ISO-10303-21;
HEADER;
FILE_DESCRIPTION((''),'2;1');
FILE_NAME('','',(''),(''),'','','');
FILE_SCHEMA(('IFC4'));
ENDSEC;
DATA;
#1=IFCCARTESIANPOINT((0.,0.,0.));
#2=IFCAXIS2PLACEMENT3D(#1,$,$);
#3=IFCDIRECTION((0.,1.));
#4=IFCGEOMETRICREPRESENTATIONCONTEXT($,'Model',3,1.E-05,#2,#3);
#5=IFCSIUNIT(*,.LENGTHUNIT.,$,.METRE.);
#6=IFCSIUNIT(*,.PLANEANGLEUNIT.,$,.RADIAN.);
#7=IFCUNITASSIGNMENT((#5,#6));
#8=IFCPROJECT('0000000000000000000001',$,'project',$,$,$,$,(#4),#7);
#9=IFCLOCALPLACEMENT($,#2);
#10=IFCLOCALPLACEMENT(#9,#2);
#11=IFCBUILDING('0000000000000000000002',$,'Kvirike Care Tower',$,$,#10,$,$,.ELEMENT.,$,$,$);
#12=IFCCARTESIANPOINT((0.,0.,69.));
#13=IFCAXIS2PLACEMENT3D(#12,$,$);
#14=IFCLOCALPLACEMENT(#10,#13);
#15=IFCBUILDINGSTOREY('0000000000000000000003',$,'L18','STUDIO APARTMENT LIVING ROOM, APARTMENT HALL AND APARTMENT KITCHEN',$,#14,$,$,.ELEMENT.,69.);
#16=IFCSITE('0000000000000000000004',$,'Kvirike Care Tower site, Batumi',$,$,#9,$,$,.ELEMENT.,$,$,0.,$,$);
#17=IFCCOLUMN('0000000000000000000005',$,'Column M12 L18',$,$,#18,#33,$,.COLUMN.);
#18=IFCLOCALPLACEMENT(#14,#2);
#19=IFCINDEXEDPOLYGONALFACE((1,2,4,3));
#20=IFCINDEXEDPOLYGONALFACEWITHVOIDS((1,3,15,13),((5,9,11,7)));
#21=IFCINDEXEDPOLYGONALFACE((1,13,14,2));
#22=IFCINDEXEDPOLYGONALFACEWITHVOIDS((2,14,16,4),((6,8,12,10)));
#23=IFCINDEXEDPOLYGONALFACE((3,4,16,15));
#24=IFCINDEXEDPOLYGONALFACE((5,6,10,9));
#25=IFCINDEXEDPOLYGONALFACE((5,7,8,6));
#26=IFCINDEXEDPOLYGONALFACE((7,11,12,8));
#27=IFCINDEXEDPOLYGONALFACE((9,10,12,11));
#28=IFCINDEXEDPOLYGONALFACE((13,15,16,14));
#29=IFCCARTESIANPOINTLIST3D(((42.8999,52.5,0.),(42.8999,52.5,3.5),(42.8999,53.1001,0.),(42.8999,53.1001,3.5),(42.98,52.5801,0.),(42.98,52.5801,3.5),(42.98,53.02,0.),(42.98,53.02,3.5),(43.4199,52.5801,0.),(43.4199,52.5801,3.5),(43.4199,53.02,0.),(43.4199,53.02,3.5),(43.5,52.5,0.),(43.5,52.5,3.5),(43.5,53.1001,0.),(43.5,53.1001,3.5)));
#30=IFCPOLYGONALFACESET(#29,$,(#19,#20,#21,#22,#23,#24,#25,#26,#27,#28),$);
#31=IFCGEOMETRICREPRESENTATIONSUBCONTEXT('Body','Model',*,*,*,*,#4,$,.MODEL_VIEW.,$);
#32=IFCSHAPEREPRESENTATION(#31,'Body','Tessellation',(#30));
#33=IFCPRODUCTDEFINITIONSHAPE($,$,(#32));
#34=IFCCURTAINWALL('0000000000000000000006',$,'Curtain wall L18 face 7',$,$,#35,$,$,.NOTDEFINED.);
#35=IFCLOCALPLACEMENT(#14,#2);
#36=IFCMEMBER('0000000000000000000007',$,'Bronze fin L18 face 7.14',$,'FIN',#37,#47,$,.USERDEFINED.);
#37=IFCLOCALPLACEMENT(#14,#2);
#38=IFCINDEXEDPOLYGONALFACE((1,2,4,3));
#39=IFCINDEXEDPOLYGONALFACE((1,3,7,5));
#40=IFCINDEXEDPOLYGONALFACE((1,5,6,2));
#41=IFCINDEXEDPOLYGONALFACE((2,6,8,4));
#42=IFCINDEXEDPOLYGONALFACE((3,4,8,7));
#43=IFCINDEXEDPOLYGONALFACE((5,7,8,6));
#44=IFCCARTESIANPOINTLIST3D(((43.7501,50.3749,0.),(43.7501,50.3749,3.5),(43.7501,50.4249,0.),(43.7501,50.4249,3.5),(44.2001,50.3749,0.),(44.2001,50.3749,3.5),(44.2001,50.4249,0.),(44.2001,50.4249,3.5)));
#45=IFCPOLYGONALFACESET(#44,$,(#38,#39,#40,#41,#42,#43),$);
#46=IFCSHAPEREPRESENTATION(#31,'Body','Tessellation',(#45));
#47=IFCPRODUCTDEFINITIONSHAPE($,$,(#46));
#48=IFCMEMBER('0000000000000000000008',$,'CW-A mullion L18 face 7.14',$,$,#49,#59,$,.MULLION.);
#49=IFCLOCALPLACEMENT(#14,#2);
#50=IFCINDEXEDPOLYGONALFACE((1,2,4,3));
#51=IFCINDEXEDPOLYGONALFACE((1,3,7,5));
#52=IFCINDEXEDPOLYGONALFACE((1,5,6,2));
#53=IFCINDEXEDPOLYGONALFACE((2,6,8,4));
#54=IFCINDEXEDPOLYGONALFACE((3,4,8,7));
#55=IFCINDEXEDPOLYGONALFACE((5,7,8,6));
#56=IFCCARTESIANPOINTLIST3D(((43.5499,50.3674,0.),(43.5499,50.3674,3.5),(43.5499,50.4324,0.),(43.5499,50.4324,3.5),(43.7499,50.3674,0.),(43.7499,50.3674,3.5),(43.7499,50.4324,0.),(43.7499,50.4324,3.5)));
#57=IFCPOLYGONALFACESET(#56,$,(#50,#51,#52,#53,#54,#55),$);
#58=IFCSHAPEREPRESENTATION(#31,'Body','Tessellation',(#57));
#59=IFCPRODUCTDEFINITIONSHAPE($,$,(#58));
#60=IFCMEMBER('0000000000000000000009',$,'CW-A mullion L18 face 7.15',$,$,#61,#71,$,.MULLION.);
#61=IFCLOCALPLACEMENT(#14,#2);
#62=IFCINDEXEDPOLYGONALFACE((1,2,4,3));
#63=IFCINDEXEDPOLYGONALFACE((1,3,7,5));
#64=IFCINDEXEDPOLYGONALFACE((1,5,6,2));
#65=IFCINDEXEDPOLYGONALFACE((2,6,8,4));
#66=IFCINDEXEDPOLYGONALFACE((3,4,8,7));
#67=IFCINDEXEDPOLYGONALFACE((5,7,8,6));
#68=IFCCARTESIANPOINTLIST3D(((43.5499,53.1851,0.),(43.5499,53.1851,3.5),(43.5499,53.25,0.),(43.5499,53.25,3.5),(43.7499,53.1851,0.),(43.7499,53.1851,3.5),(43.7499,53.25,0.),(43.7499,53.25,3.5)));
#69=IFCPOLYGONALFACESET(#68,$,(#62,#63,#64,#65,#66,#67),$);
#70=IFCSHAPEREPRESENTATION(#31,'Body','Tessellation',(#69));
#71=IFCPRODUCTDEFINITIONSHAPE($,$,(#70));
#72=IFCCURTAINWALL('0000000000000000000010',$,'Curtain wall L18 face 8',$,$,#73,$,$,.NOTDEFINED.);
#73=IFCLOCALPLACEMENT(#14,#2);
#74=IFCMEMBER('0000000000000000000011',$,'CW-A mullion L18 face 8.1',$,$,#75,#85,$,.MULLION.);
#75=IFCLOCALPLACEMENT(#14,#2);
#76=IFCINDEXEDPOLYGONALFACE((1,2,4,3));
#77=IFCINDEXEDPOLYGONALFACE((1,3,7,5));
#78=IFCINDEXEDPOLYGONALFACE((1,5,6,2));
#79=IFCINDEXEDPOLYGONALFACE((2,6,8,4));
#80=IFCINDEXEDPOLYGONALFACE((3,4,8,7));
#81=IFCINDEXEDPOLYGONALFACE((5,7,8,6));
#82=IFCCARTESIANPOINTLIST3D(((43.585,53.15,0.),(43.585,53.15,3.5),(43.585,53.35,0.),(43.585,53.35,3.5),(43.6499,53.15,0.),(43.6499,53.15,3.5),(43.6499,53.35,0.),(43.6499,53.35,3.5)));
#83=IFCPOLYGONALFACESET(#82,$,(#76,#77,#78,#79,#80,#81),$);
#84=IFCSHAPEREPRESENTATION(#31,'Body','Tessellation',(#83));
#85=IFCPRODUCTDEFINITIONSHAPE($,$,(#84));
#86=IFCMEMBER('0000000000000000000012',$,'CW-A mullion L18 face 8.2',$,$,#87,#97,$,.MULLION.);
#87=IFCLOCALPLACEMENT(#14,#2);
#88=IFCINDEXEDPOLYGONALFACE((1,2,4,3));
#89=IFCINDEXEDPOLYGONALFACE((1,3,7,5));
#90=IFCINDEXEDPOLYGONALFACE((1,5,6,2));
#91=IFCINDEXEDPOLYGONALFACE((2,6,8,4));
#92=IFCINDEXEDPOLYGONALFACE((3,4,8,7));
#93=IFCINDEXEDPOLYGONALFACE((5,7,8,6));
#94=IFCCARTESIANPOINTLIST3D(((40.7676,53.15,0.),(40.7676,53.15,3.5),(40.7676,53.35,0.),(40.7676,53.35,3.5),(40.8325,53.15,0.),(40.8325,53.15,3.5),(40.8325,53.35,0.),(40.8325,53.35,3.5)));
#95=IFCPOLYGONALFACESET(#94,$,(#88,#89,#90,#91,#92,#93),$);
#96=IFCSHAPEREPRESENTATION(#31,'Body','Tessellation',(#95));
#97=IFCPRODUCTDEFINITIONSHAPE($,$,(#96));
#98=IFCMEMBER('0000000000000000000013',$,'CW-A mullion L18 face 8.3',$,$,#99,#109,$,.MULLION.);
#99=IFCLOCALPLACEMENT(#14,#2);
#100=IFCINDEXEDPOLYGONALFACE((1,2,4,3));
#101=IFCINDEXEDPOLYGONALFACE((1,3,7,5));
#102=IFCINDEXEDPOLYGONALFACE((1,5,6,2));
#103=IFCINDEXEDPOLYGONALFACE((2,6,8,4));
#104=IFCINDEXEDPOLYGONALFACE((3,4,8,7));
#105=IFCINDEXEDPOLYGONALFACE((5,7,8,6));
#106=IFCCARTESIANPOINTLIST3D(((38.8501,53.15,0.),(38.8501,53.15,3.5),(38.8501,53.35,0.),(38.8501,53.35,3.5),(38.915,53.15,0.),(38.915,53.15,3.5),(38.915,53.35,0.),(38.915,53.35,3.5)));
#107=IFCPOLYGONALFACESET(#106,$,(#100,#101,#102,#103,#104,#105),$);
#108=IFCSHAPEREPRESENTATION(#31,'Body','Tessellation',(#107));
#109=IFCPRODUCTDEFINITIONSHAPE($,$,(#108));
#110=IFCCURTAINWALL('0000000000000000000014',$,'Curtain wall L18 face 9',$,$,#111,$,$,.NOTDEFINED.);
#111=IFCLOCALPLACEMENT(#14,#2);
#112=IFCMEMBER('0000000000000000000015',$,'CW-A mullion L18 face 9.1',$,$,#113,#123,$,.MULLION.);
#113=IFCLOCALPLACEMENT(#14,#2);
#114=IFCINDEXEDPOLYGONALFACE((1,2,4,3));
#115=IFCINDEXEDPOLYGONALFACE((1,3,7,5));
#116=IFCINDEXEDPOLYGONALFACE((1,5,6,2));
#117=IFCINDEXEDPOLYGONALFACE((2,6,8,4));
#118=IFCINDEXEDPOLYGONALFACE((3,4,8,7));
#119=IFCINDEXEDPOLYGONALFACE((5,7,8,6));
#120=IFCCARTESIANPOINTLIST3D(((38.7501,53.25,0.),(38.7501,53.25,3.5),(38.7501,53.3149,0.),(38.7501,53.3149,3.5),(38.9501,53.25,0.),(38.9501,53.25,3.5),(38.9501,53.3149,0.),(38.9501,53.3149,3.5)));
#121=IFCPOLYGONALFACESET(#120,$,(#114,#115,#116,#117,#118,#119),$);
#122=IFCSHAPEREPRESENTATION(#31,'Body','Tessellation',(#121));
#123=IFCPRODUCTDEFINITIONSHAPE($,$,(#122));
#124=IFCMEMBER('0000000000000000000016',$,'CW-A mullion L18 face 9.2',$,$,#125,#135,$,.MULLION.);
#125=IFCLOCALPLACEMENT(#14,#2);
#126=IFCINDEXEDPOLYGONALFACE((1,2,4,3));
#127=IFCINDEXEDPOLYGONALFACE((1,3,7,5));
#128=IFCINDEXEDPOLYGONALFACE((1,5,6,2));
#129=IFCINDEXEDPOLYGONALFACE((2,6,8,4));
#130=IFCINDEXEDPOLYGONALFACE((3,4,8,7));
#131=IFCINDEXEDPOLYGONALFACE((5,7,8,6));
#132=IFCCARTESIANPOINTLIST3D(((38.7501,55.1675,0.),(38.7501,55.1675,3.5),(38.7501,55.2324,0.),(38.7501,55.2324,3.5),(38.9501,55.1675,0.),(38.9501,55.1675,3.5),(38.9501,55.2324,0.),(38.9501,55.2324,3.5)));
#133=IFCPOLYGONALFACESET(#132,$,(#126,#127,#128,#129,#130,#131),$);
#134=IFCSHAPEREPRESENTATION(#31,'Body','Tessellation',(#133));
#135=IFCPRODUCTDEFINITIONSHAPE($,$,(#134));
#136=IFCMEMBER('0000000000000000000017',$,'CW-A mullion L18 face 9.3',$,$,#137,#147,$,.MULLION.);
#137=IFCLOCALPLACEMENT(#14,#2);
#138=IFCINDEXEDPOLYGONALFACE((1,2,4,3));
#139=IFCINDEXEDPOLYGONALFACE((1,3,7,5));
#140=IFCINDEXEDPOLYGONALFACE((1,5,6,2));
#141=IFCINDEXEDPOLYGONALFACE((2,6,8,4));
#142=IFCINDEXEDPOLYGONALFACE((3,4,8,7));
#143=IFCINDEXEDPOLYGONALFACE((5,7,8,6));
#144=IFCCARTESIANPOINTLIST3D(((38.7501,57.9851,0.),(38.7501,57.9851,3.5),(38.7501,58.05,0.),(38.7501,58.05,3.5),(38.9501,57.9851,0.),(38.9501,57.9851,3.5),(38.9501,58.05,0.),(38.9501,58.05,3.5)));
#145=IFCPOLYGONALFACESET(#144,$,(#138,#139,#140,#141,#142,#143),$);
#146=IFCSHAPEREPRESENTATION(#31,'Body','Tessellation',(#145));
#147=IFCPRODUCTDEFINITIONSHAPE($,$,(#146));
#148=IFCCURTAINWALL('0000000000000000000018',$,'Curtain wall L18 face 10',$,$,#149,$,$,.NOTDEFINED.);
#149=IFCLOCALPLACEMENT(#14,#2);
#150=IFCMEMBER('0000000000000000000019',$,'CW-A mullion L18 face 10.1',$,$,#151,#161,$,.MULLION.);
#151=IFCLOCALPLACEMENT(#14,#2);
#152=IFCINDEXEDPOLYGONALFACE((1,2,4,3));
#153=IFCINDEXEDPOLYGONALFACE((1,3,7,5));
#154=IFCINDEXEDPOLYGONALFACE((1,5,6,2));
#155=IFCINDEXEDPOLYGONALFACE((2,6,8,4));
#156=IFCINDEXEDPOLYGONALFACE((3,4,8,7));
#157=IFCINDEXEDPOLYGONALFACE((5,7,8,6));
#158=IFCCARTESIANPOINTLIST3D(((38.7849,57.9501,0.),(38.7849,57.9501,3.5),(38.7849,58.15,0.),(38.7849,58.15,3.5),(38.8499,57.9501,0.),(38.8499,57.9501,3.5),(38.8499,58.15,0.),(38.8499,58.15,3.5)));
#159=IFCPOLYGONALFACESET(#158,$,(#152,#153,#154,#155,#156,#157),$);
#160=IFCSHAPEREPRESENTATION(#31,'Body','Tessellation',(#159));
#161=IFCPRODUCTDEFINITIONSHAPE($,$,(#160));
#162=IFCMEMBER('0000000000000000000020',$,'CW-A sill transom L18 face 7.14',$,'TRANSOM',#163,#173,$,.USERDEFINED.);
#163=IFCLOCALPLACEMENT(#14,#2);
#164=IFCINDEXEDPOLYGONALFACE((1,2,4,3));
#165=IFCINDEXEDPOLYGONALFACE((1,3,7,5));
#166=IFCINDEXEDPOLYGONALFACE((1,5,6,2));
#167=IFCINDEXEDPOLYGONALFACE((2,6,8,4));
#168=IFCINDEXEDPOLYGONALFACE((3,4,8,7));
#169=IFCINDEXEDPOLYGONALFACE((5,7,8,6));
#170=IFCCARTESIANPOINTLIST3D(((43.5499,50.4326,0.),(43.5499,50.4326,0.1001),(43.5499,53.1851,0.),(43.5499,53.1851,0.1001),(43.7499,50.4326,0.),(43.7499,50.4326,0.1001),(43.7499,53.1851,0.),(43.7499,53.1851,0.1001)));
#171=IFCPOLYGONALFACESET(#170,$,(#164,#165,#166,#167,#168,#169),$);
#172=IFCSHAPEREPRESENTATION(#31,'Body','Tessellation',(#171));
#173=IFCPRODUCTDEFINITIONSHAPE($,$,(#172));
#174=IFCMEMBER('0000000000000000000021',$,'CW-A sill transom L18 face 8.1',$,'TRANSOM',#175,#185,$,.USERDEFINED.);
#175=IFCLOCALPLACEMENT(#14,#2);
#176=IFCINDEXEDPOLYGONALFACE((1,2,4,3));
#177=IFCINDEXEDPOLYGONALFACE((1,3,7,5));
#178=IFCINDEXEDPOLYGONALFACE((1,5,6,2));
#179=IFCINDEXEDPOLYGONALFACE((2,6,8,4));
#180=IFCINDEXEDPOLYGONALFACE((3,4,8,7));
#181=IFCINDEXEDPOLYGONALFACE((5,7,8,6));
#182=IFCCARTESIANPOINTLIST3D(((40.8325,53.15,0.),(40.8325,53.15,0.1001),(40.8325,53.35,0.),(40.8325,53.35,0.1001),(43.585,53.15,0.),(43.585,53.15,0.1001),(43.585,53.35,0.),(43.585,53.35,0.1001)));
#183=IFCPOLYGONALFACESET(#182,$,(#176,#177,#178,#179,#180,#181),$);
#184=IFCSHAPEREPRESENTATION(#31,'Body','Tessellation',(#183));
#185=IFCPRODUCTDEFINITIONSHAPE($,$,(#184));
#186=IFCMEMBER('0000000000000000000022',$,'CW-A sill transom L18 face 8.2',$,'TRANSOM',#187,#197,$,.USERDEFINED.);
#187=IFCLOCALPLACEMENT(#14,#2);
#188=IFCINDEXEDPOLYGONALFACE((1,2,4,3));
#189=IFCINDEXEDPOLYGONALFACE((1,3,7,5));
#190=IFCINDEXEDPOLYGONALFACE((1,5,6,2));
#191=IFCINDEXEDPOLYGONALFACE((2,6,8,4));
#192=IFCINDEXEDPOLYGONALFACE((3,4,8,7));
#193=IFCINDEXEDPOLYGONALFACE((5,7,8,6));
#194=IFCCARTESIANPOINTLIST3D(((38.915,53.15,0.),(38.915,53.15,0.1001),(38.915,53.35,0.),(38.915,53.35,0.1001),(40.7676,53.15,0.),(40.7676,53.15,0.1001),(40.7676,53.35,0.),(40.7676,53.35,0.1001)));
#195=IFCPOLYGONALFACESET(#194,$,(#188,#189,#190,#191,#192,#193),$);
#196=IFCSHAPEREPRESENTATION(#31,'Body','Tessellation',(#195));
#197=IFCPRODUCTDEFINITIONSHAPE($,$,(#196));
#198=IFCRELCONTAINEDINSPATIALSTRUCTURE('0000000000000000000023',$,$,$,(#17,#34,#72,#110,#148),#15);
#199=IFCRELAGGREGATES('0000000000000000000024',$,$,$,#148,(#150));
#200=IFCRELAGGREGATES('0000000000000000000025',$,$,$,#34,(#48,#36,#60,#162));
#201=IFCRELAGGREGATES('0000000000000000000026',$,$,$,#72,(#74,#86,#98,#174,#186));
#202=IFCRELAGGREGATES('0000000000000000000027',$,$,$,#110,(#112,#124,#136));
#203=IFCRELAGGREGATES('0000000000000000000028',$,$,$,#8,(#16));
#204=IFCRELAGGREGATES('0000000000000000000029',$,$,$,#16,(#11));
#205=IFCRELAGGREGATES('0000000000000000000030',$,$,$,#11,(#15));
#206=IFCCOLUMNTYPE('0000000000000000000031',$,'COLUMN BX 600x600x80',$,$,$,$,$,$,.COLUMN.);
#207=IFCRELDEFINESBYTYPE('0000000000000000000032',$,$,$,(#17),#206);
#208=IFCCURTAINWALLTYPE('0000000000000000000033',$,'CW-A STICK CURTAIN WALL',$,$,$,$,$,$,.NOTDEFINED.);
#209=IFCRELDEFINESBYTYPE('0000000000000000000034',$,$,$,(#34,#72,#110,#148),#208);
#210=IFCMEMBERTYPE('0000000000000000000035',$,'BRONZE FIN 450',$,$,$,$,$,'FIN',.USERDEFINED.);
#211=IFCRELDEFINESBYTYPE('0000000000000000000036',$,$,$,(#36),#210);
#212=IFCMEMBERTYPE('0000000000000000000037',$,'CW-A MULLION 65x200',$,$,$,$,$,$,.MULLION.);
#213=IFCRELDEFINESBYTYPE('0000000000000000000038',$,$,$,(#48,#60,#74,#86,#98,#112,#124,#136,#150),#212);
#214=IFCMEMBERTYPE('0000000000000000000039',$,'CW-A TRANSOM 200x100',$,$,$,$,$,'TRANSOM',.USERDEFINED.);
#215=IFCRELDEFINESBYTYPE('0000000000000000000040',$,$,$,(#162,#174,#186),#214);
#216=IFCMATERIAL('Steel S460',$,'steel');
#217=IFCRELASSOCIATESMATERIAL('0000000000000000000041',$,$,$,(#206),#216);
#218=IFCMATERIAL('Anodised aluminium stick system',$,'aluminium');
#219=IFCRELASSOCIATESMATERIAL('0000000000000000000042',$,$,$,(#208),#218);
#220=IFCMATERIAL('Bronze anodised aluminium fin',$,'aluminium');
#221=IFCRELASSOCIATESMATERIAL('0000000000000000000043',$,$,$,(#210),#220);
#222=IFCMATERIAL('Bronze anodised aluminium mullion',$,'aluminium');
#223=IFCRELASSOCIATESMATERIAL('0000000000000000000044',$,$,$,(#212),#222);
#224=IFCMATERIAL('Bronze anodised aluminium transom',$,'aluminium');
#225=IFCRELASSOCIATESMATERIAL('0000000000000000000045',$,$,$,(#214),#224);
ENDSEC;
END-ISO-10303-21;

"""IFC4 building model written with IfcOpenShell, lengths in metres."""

from ifc_helpers import new_model, si_unit, direction, frame, origin, origin_2d, place, context, subcontext, project, spatial, rectangle, hollow_rectangle, extrude, material, material_profile, profile_set, type_object, element, aggregate, save


model = new_model("IFC4")

# Units and contexts
model_context = context("Model", 3, precision=1e-05, world=origin(), true_north=direction((0.0, 1.0)))
body_context = subcontext(model_context, "Body", "Model", "MODEL_VIEW")
ifc_project = project(units=[si_unit("LENGTHUNIT", "METRE"), si_unit("PLANEANGLEUNIT", "RADIAN")], contexts=[model_context])

# Site, building, storey
site_placement = place(None, origin())
site = spatial("IfcSite", under=ifc_project, at=site_placement, Name="Kvirike Care Tower site, Batumi", CompositionType="ELEMENT", RefElevation=0.0)
building_placement = place(site_placement, origin())
building = spatial("IfcBuilding", under=site, at=building_placement, Name="Kvirike Care Tower", CompositionType="ELEMENT")
storey_placement = place(building_placement, frame((0.0, 0.0, 69.0)))
storey = spatial("IfcBuildingStorey", under=building, at=storey_placement, Name="L18", Description="STUDIO APARTMENT LIVING ROOM, APARTMENT HALL AND APARTMENT KITCHEN", CompositionType="ELEMENT", Elevation=69.0)

# Column
ifc_material_1 = material(Name="Steel S460", Category="steel")
ifc_material_profile_1 = material_profile(ifc_material_1, hollow_rectangle(XDim=0.6001, YDim=0.6001, WallThickness=0.0801, at=origin_2d()), Name="BX 600x600x80")
ifc_profile_set_1 = profile_set([ifc_material_profile_1], Name="Steel S460")
column_type = type_object("IfcColumnType", Name="COLUMN BX 600x600x80", PredefinedType="COLUMN", material=ifc_profile_set_1)
column_placement = place(storey_placement, frame((43.2, 52.8, 0.0), z_axis=(0.0, 0.0, 1.0), x_axis=(0.0, 1.0, 0.0)))
element("IfcColumn", 1, at=column_placement, inside=storey, type_object=column_type, Name="Column M12 L18", PredefinedType="COLUMN", context=body_context, shape_type="SweptSolid", body=[
    extrude(hollow_rectangle(XDim=0.6001, YDim=0.6001, WallThickness=0.0801, at=origin_2d()), origin(), (0.0, 0.0, 1.0), 3.5),
])

# Curtain walls, members
ifc_material_2 = material(Name="Anodised aluminium stick system", Category="aluminium")
curtain_wall_type = type_object("IfcCurtainWallType", Name="CW-A STICK CURTAIN WALL", PredefinedType="NOTDEFINED", material=ifc_material_2)
curtain_wall_1_placement = place(storey_placement, origin())
curtain_wall_1 = element("IfcCurtainWall", 2, at=curtain_wall_1_placement, inside=storey, type_object=curtain_wall_type, Name="Curtain wall L18 face 7", PredefinedType="NOTDEFINED")
ifc_material_3 = material(Name="Bronze anodised aluminium fin", Category="aluminium")
ifc_material_profile_2 = material_profile(ifc_material_3, rectangle(XDim=0.05, YDim=0.45, at=origin_2d()), Name="BRONZE FIN 450")
ifc_profile_set_2 = profile_set([ifc_material_profile_2], Name="Bronze anodised aluminium fin")
member_type_1 = type_object("IfcMemberType", Name="BRONZE FIN 450", ElementType="FIN", PredefinedType="USERDEFINED", material=ifc_profile_set_2)
member_1_placement = place(storey_placement, frame((43.9751, 50.3999, 0.0), z_axis=(0.0, 0.0, 1.0), x_axis=(0.0, 1.0, 0.0)))
member_1 = element("IfcMember", 3, at=member_1_placement, type_object=member_type_1, Name="Bronze fin L18 face 7.14", ObjectType="FIN", PredefinedType="USERDEFINED", context=body_context, shape_type="SweptSolid", body=[
    extrude(rectangle(XDim=0.05, YDim=0.45, at=origin_2d()), origin(), (0.0, 0.0, 1.0), 3.5),
])
ifc_material_4 = material(Name="Bronze anodised aluminium mullion", Category="aluminium")
ifc_material_profile_3 = material_profile(ifc_material_4, rectangle(XDim=0.0649, YDim=0.2, at=origin_2d()), Name="CW-A MULLION 65x200")
ifc_profile_set_3 = profile_set([ifc_material_profile_3], Name="Bronze anodised aluminium mullion")
member_type_2 = type_object("IfcMemberType", Name="CW-A MULLION 65x200", PredefinedType="MULLION", material=ifc_profile_set_3)
member_2_placement = place(storey_placement, frame((43.6499, 50.3999, 0.0), z_axis=(0.0, 0.0, 1.0), x_axis=(0.0, 1.0, 0.0)))
member_2 = element("IfcMember", 4, at=member_2_placement, type_object=member_type_2, Name="CW-A mullion L18 face 7.14", PredefinedType="MULLION", context=body_context, shape_type="SweptSolid", body=[
    extrude(rectangle(XDim=0.0649, YDim=0.2, at=origin_2d()), origin(), (0.0, 0.0, 1.0), 3.5),
])
member_3_placement = place(storey_placement, frame((43.6499, 53.2175, 0.0), z_axis=(0.0, 0.0, 1.0), x_axis=(0.0, 1.0, 0.0)))
member_3 = element("IfcMember", 5, at=member_3_placement, type_object=member_type_2, Name="CW-A mullion L18 face 7.15", PredefinedType="MULLION", context=body_context, shape_type="SweptSolid", body=[
    extrude(rectangle(XDim=0.0649, YDim=0.2, at=origin_2d()), origin(), (0.0, 0.0, 1.0), 3.5),
])
curtain_wall_2_placement = place(storey_placement, origin())
curtain_wall_2 = element("IfcCurtainWall", 6, at=curtain_wall_2_placement, inside=storey, type_object=curtain_wall_type, Name="Curtain wall L18 face 8", PredefinedType="NOTDEFINED")
member_4_placement = place(storey_placement, frame((43.6174, 53.25, 0.0), z_axis=(0.0, 0.0, 1.0), x_axis=(-1.0, 0.0, 0.0)))
member_4 = element("IfcMember", 7, at=member_4_placement, type_object=member_type_2, Name="CW-A mullion L18 face 8.1", PredefinedType="MULLION", context=body_context, shape_type="SweptSolid", body=[
    extrude(rectangle(XDim=0.0649, YDim=0.2, at=origin_2d()), origin(), (0.0, 0.0, 1.0), 3.5),
])
member_5_placement = place(storey_placement, frame((40.8, 53.25, 0.0), z_axis=(0.0, 0.0, 1.0), x_axis=(-1.0, 0.0, 0.0)))
member_5 = element("IfcMember", 8, at=member_5_placement, type_object=member_type_2, Name="CW-A mullion L18 face 8.2", PredefinedType="MULLION", context=body_context, shape_type="SweptSolid", body=[
    extrude(rectangle(XDim=0.0649, YDim=0.2, at=origin_2d()), origin(), (0.0, 0.0, 1.0), 3.5),
])
member_6_placement = place(storey_placement, frame((38.8826, 53.25, 0.0), z_axis=(0.0, 0.0, 1.0), x_axis=(-1.0, 0.0, 0.0)))
member_6 = element("IfcMember", 9, at=member_6_placement, type_object=member_type_2, Name="CW-A mullion L18 face 8.3", PredefinedType="MULLION", context=body_context, shape_type="SweptSolid", body=[
    extrude(rectangle(XDim=0.0649, YDim=0.2, at=origin_2d()), origin(), (0.0, 0.0, 1.0), 3.5),
])
curtain_wall_3_placement = place(storey_placement, origin())
curtain_wall_3 = element("IfcCurtainWall", 10, at=curtain_wall_3_placement, inside=storey, type_object=curtain_wall_type, Name="Curtain wall L18 face 9", PredefinedType="NOTDEFINED")
member_7_placement = place(storey_placement, frame((38.8501, 53.2825, 0.0), z_axis=(0.0, 0.0, 1.0), x_axis=(0.0, 1.0, 0.0)))
member_7 = element("IfcMember", 11, at=member_7_placement, type_object=member_type_2, Name="CW-A mullion L18 face 9.1", PredefinedType="MULLION", context=body_context, shape_type="SweptSolid", body=[
    extrude(rectangle(XDim=0.0649, YDim=0.2, at=origin_2d()), origin(), (0.0, 0.0, 1.0), 3.5),
])
member_8_placement = place(storey_placement, frame((38.8501, 55.2, 0.0), z_axis=(0.0, 0.0, 1.0), x_axis=(0.0, 1.0, 0.0)))
member_8 = element("IfcMember", 12, at=member_8_placement, type_object=member_type_2, Name="CW-A mullion L18 face 9.2", PredefinedType="MULLION", context=body_context, shape_type="SweptSolid", body=[
    extrude(rectangle(XDim=0.0649, YDim=0.2, at=origin_2d()), origin(), (0.0, 0.0, 1.0), 3.5),
])
member_9_placement = place(storey_placement, frame((38.8501, 58.0176, 0.0), z_axis=(0.0, 0.0, 1.0), x_axis=(0.0, 1.0, 0.0)))
member_9 = element("IfcMember", 13, at=member_9_placement, type_object=member_type_2, Name="CW-A mullion L18 face 9.3", PredefinedType="MULLION", context=body_context, shape_type="SweptSolid", body=[
    extrude(rectangle(XDim=0.0649, YDim=0.2, at=origin_2d()), origin(), (0.0, 0.0, 1.0), 3.5),
])

# Curtain wall, member
curtain_wall_4_placement = place(storey_placement, origin())
curtain_wall_4 = element("IfcCurtainWall", 14, at=curtain_wall_4_placement, inside=storey, type_object=curtain_wall_type, Name="Curtain wall L18 face 10", PredefinedType="NOTDEFINED")
member_10_placement = place(storey_placement, frame((38.8174, 58.05, 0.0), z_axis=(0.0, 0.0, 1.0), x_axis=(-1.0, 0.0, 0.0)))
member_10 = element("IfcMember", 15, at=member_10_placement, type_object=member_type_2, Name="CW-A mullion L18 face 10.1", PredefinedType="MULLION", context=body_context, shape_type="SweptSolid", body=[
    extrude(rectangle(XDim=0.0649, YDim=0.2, at=origin_2d()), origin(), (0.0, 0.0, 1.0), 3.5),
])

# Members
ifc_material_5 = material(Name="Bronze anodised aluminium transom", Category="aluminium")
ifc_material_profile_4 = material_profile(ifc_material_5, rectangle(XDim=0.2, YDim=0.1001, at=origin_2d()), Name="CW-A TRANSOM 200x100")
ifc_profile_set_4 = profile_set([ifc_material_profile_4], Name="Bronze anodised aluminium transom")
member_type_3 = type_object("IfcMemberType", Name="CW-A TRANSOM 200x100", ElementType="TRANSOM", PredefinedType="USERDEFINED", material=ifc_profile_set_4)
member_11_placement = place(storey_placement, frame((43.6499, 50.4326, 0.05), z_axis=(0.0, 1.0, 0.0), x_axis=(-1.0, 0.0, 0.0)))
member_11 = element("IfcMember", 16, at=member_11_placement, type_object=member_type_3, Name="CW-A sill transom L18 face 7.14", ObjectType="TRANSOM", PredefinedType="USERDEFINED", context=body_context, shape_type="SweptSolid", body=[
    extrude(rectangle(XDim=0.2, YDim=0.1001, at=origin_2d()), origin(), (0.0, 0.0, 1.0), 2.7524),
])
member_12_placement = place(storey_placement, frame((43.585, 53.25, 0.05), z_axis=(-1.0, 0.0, 0.0), x_axis=(0.0, -1.0, 0.0)))
member_12 = element("IfcMember", 17, at=member_12_placement, type_object=member_type_3, Name="CW-A sill transom L18 face 8.1", ObjectType="TRANSOM", PredefinedType="USERDEFINED", context=body_context, shape_type="SweptSolid", body=[
    extrude(rectangle(XDim=0.2, YDim=0.1001, at=origin_2d()), origin(), (0.0, 0.0, 1.0), 2.7524),
])
member_13_placement = place(storey_placement, frame((40.7676, 53.25, 0.05), z_axis=(-1.0, 0.0, 0.0), x_axis=(0.0, -1.0, 0.0)))
member_13 = element("IfcMember", 18, at=member_13_placement, type_object=member_type_3, Name="CW-A sill transom L18 face 8.2", ObjectType="TRANSOM", PredefinedType="USERDEFINED", context=body_context, shape_type="SweptSolid", body=[
    extrude(rectangle(XDim=0.2, YDim=0.1001, at=origin_2d()), origin(), (0.0, 0.0, 1.0), 1.8525),
])
aggregate(curtain_wall_4, [member_10])

aggregate(curtain_wall_1, [member_2, member_1, member_3, member_11])
aggregate(curtain_wall_2, [member_4, member_5, member_6, member_12, member_13])
aggregate(curtain_wall_3, [member_7, member_8, member_9])

save(model, "model.ifc")
